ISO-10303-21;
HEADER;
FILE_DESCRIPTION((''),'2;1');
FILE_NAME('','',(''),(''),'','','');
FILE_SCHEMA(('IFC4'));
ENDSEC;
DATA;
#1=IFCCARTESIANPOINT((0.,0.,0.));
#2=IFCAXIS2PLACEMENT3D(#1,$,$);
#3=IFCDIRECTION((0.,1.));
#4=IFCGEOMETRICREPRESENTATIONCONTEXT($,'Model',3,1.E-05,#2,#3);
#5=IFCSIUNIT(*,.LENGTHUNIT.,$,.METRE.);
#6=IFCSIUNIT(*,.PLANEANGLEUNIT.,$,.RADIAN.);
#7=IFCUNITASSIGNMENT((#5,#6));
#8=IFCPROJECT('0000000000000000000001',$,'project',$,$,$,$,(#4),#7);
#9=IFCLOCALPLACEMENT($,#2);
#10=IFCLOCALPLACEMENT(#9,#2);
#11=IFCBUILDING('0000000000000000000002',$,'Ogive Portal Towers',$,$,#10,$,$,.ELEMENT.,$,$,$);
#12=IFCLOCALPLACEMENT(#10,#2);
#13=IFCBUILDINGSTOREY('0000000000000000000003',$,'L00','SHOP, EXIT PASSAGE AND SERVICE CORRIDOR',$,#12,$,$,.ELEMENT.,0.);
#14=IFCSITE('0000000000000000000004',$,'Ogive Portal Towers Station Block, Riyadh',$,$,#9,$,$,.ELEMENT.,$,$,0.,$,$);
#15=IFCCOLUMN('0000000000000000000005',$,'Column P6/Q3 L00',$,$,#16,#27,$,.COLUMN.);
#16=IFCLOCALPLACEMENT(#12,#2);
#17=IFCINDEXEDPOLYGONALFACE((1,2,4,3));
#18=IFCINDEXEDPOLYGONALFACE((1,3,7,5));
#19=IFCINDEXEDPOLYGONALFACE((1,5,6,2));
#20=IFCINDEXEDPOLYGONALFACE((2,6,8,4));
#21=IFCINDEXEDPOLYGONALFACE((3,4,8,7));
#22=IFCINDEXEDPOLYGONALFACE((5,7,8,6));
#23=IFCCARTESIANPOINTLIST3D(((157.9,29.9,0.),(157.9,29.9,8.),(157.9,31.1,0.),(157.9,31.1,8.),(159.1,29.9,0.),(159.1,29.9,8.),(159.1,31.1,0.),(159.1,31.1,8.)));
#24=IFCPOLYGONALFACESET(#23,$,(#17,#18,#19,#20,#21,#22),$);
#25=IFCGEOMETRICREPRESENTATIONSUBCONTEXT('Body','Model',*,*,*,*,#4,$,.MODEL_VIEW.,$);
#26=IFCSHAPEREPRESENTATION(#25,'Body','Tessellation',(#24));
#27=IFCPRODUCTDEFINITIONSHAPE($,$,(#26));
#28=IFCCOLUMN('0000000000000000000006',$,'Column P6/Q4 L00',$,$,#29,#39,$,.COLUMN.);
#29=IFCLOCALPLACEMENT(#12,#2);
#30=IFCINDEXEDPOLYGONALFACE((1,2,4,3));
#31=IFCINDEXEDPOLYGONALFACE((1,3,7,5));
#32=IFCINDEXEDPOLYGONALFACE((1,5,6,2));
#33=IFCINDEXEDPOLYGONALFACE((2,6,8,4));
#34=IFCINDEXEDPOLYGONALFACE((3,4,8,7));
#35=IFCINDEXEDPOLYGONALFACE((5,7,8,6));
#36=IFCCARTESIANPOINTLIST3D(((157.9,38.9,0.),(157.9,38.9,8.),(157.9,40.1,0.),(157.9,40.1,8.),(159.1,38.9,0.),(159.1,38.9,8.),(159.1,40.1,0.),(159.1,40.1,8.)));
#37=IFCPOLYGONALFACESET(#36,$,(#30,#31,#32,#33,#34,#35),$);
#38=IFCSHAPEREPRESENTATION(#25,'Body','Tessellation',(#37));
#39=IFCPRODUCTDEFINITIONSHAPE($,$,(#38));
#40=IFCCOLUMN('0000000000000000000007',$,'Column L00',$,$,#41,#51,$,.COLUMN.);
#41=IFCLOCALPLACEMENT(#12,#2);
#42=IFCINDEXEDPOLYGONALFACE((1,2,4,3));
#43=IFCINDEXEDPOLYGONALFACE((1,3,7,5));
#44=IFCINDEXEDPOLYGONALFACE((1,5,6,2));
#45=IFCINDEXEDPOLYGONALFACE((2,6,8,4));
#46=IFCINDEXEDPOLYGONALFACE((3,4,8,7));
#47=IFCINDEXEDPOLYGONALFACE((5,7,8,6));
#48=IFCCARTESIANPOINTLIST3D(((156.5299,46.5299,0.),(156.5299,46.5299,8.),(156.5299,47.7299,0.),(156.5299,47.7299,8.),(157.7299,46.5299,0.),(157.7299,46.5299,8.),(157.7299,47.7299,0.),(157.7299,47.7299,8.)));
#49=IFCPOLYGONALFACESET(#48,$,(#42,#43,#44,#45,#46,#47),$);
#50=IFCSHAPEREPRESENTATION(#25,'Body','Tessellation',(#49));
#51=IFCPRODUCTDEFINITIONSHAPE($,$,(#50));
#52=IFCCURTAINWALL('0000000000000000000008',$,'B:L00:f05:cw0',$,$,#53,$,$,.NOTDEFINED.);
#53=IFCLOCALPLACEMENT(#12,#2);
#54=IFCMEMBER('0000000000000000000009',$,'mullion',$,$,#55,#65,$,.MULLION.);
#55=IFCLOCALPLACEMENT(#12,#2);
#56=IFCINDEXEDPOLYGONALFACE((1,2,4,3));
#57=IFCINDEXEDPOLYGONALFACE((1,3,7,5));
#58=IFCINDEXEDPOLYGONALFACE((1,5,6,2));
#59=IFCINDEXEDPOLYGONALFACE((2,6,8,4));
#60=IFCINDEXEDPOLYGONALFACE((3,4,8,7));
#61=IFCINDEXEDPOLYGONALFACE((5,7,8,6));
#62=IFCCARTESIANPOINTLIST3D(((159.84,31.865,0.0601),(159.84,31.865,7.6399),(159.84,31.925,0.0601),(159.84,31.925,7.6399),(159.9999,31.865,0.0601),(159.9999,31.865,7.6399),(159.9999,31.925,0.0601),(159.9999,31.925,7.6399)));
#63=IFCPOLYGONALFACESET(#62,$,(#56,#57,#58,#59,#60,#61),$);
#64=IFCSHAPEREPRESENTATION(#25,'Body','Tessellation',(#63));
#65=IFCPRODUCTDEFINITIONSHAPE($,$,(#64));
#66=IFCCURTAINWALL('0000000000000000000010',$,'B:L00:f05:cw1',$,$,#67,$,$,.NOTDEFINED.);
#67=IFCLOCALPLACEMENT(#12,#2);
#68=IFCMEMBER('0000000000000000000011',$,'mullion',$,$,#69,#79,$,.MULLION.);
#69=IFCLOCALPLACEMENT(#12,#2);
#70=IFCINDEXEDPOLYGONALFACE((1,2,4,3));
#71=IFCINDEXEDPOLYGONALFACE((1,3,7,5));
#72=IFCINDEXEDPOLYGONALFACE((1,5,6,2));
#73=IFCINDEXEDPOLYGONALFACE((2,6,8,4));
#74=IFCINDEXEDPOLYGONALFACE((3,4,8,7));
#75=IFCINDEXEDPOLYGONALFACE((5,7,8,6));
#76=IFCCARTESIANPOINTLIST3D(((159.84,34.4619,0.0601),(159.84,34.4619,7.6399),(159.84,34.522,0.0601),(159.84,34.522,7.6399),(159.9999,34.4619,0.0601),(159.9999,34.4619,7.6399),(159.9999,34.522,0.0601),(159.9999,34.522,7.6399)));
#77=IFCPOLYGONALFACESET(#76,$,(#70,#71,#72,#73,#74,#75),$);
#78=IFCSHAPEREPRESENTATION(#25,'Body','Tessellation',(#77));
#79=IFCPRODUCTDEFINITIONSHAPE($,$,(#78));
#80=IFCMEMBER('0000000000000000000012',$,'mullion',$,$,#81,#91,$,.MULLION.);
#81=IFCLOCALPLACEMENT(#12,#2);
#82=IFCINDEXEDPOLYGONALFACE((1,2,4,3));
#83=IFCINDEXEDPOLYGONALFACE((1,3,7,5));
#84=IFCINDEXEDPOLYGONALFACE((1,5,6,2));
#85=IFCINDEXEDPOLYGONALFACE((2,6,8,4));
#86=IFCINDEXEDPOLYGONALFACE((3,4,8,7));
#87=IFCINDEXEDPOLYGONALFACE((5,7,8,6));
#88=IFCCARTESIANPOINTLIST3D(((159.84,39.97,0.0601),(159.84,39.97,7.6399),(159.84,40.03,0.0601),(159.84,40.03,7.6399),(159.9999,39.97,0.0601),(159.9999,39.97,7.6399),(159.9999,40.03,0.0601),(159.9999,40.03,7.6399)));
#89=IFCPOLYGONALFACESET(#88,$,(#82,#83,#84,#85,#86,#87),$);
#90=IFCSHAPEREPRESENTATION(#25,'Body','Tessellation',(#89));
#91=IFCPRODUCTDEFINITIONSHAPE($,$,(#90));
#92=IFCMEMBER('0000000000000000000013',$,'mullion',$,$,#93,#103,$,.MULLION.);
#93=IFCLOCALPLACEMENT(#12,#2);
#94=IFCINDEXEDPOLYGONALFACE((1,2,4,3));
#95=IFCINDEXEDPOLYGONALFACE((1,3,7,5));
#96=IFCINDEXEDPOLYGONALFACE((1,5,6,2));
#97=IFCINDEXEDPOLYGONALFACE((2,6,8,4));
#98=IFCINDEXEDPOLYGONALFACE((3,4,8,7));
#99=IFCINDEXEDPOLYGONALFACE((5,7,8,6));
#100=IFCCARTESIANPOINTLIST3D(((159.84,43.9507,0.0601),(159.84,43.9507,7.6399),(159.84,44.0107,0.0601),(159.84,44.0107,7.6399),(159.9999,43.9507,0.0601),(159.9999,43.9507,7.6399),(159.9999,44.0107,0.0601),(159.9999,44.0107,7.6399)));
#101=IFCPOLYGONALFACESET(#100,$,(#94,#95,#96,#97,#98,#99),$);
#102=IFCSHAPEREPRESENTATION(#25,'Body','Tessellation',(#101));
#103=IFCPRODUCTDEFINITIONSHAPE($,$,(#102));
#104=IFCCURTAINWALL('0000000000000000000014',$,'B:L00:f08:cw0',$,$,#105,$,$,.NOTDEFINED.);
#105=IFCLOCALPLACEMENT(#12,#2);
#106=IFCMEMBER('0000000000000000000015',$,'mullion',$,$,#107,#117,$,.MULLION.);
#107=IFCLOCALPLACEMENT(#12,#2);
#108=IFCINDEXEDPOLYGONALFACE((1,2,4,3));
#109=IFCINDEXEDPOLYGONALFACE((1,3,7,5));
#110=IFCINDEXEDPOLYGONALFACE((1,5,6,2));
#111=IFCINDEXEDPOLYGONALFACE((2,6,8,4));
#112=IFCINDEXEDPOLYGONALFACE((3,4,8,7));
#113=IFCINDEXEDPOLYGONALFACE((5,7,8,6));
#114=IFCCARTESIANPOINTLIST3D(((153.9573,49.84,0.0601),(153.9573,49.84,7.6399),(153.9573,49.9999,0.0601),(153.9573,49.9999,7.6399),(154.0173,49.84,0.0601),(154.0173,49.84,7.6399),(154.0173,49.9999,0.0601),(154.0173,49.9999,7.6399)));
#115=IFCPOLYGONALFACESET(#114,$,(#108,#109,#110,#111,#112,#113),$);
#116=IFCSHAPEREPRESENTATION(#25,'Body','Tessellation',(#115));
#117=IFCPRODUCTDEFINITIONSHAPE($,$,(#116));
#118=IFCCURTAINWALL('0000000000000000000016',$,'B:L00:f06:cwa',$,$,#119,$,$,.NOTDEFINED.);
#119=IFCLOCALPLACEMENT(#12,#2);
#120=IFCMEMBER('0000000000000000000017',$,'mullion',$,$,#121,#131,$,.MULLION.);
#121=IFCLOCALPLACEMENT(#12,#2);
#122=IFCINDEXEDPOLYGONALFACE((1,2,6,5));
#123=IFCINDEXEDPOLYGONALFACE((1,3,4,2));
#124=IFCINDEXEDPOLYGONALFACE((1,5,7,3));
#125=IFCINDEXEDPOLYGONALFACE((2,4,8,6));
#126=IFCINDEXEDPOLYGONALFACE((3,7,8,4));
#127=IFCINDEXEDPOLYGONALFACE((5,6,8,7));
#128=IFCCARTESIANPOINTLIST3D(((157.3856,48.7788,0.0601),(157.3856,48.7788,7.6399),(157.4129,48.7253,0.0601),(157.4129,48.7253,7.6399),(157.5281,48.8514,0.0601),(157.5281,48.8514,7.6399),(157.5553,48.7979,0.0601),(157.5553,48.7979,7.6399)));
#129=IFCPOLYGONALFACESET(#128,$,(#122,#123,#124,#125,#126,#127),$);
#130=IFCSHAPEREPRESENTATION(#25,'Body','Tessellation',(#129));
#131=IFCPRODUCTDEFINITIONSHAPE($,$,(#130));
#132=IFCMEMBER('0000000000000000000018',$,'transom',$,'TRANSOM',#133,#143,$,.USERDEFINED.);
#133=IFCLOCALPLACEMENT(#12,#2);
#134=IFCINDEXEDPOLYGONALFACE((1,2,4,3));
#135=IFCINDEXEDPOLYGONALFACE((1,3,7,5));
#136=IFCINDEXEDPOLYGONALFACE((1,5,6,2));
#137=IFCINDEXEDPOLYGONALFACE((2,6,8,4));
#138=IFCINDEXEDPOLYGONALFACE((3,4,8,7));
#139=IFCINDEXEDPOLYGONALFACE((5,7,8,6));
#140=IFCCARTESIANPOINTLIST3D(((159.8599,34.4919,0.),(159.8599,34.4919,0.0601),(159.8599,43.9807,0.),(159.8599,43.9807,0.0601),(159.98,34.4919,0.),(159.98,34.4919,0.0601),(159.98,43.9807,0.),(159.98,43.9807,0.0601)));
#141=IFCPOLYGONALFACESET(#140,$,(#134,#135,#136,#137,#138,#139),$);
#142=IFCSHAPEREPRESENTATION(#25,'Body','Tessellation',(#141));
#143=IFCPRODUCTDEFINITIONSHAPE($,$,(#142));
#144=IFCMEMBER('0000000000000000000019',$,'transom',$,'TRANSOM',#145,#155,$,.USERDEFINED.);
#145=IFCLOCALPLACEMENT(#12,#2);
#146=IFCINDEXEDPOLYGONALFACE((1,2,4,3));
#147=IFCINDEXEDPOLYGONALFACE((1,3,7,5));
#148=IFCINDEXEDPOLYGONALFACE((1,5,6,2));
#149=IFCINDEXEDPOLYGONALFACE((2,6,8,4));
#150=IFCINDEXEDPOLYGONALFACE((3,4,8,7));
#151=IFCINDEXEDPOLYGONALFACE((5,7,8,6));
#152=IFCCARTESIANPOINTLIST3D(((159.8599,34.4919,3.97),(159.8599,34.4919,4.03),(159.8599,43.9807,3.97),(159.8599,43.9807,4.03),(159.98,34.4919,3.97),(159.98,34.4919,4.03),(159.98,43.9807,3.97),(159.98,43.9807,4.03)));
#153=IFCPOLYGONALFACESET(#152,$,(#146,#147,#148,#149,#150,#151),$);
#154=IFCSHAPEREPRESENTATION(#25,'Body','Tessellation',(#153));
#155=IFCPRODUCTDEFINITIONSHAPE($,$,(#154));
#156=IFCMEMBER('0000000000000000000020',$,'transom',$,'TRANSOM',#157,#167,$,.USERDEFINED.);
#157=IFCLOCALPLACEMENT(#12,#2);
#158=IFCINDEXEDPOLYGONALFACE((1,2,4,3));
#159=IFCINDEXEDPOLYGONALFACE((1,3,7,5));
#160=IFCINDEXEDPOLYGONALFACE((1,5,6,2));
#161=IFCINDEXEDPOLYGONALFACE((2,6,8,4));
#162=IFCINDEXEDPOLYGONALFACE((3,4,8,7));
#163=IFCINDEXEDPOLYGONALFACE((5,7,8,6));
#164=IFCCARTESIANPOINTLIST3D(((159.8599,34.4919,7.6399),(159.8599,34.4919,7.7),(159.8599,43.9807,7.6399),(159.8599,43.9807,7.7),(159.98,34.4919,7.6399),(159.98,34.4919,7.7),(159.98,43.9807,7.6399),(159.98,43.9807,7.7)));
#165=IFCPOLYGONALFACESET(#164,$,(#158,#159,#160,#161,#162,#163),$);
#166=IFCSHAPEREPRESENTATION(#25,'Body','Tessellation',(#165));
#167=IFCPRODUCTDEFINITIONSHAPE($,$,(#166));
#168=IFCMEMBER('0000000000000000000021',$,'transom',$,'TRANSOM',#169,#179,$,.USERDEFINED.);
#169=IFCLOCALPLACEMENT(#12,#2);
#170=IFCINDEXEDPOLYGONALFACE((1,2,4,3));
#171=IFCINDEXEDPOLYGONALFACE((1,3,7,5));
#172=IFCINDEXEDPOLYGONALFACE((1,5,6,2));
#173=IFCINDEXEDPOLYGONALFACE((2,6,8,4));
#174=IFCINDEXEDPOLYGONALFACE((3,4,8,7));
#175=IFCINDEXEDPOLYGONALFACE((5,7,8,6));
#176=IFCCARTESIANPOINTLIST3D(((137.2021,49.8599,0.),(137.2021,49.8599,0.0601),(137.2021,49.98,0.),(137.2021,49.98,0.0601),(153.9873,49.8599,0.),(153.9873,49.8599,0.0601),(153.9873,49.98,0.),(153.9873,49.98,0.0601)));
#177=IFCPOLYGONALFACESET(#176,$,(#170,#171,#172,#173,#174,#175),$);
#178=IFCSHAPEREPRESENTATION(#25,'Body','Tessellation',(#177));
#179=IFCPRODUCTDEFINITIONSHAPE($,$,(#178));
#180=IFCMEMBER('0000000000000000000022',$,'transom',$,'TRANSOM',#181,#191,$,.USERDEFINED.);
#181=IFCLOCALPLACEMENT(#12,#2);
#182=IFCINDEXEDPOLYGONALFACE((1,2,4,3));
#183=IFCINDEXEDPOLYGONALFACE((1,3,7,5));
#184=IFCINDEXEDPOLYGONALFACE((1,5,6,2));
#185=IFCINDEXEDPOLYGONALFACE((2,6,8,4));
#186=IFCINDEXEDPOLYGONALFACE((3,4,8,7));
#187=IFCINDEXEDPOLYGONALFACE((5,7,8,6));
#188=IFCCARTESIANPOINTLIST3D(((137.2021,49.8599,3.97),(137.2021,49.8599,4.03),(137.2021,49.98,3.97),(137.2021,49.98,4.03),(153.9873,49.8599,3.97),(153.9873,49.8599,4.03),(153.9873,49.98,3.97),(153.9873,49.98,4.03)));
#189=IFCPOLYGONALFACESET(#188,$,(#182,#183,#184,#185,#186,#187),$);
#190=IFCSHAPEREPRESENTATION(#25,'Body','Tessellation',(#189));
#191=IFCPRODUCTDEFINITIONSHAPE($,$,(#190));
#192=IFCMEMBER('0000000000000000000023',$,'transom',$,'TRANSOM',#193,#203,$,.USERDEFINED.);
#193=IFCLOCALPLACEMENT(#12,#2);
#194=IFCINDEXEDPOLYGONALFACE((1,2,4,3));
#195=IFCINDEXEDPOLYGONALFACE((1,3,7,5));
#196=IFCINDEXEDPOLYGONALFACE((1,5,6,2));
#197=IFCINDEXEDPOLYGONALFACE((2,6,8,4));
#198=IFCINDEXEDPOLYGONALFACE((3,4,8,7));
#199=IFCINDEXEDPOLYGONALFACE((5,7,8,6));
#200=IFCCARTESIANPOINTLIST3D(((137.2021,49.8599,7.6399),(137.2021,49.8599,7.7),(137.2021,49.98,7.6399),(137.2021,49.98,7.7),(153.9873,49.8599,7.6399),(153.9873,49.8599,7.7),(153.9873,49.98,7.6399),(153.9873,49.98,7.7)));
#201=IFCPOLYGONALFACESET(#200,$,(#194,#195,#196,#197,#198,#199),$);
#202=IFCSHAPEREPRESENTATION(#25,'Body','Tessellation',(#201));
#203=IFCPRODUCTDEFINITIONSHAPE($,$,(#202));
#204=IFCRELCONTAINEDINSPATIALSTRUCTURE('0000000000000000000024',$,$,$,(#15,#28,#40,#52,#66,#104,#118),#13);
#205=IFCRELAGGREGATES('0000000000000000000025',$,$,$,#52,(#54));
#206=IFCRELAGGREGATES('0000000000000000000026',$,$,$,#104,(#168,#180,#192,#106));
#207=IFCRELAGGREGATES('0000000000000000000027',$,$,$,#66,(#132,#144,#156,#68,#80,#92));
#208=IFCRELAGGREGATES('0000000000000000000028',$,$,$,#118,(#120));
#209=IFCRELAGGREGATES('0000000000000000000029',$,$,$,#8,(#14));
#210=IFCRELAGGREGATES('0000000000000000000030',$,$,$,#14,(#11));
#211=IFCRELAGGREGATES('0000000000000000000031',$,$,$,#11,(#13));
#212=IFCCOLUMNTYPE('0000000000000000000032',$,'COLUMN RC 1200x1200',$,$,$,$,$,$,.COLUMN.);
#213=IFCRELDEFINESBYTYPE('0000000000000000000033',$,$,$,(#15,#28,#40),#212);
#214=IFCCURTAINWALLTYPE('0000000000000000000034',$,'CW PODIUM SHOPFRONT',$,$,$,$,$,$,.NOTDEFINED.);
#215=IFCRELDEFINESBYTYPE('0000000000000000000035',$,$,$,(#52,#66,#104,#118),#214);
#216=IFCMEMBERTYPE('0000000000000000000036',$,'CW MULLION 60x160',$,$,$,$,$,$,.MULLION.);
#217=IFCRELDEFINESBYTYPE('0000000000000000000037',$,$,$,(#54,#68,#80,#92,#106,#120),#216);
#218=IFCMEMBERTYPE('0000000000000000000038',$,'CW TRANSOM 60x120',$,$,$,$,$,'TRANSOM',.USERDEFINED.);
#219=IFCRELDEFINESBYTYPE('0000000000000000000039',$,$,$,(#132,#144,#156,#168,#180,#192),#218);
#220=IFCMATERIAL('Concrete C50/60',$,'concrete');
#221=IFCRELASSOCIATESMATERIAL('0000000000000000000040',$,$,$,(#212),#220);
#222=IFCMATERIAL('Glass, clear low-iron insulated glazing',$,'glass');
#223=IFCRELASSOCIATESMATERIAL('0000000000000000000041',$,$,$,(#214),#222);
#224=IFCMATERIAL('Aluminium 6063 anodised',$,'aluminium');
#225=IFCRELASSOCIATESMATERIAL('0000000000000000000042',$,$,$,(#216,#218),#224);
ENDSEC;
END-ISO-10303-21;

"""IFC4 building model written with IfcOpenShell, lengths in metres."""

from ifc_helpers import new_model, si_unit, direction, frame, origin, origin_2d, place, context, subcontext, project, spatial, rectangle, extrude, material, material_profile, profile_set, type_object, element, aggregate, save


model = new_model("IFC4")

# Units and contexts
model_context = context("Model", 3, precision=1e-05, world=origin(), true_north=direction((0.0, 1.0)))
body_context = subcontext(model_context, "Body", "Model", "MODEL_VIEW")
ifc_project = project(units=[si_unit("LENGTHUNIT", "METRE"), si_unit("PLANEANGLEUNIT", "RADIAN")], contexts=[model_context])

# Site, building, storey
site_placement = place(None, origin())
site = spatial("IfcSite", under=ifc_project, at=site_placement, Name="Ogive Portal Towers Station Block, Riyadh", CompositionType="ELEMENT", RefElevation=0.0)
building_placement = place(site_placement, origin())
building = spatial("IfcBuilding", under=site, at=building_placement, Name="Ogive Portal Towers", CompositionType="ELEMENT")
storey_placement = place(building_placement, origin())
storey = spatial("IfcBuildingStorey", under=building, at=storey_placement, Name="L00", Description="SHOP, EXIT PASSAGE AND SERVICE CORRIDOR", CompositionType="ELEMENT", Elevation=0.0)

# Columns
ifc_material_1 = material(Name="Concrete C50/60", Category="concrete")
ifc_material_profile_1 = material_profile(ifc_material_1, rectangle(XDim=1.2, YDim=1.2, at=origin_2d()), Name="RC 1200x1200")
ifc_profile_set_1 = profile_set([ifc_material_profile_1], Name="Concrete C50/60")
column_type = type_object("IfcColumnType", Name="COLUMN RC 1200x1200", PredefinedType="COLUMN", material=ifc_profile_set_1)
for number, where, z_axis, x_axis, name in (
    (1, (158.5, 30.5, 0.0), (0.0, 0.0, 1.0), (1.0, 0.0, 0.0), "Column P6/Q3 L00"),
    (2, (158.5, 39.5, 0.0), (0.0, 0.0, 1.0), (1.0, 0.0, 0.0), "Column P6/Q4 L00"),
    (3, (157.1299, 47.1299, 0.0), (0.0, 0.0, 1.0), (1.0, 0.0, 0.0), "Column L00"),
):
    element("IfcColumn", number, at=place(storey_placement, frame(where, z_axis=z_axis, x_axis=x_axis)), inside=storey, type_object=column_type, Name=name, PredefinedType="COLUMN", context=body_context, shape_type="SweptSolid", body=[
        extrude(rectangle(XDim=1.2, YDim=1.2, at=origin_2d()), origin(), (0.0, 0.0, 1.0), 8.0),
    ])

# Curtain wall, member
ifc_material_2 = material(Name="Glass, clear low-iron insulated glazing", Category="glass")
curtain_wall_type = type_object("IfcCurtainWallType", Name="CW PODIUM SHOPFRONT", PredefinedType="NOTDEFINED", material=ifc_material_2)
curtain_wall_1_placement = place(storey_placement, origin())
curtain_wall_1 = element("IfcCurtainWall", 4, at=curtain_wall_1_placement, inside=storey, type_object=curtain_wall_type, Name="B:L00:f05:cw0", PredefinedType="NOTDEFINED")
ifc_material_3 = material(Name="Aluminium 6063 anodised", Category="aluminium")
ifc_material_profile_2 = material_profile(ifc_material_3, rectangle(XDim=0.1599, YDim=0.0601, at=origin_2d()), Name="AL 60x160")
ifc_profile_set_2 = profile_set([ifc_material_profile_2], Name="Aluminium 6063 anodised")
member_type_1 = type_object("IfcMemberType", Name="CW MULLION 60x160", PredefinedType="MULLION", material=ifc_profile_set_2)
member_1_placement = place(storey_placement, frame((159.9199, 31.895, 0.0601), z_axis=(0.0, 0.0, 1.0), x_axis=(-1.0, 0.0, 0.0)))
member_1 = element("IfcMember", 5, at=member_1_placement, type_object=member_type_1, Name="mullion", PredefinedType="MULLION", context=body_context, shape_type="SweptSolid", body=[
    extrude(rectangle(XDim=0.1599, YDim=0.0601, at=origin_2d()), origin(), (0.0, 0.0, 1.0), 7.5798),
])
aggregate(curtain_wall_1, [member_1])

# Curtain wall, members
curtain_wall_2_placement = place(storey_placement, origin())
curtain_wall_2 = element("IfcCurtainWall", 6, at=curtain_wall_2_placement, inside=storey, type_object=curtain_wall_type, Name="B:L00:f05:cw1", PredefinedType="NOTDEFINED")
member_2_placement = place(storey_placement, frame((159.9199, 34.4919, 0.0601), z_axis=(0.0, 0.0, 1.0), x_axis=(-1.0, 0.0, 0.0)))
member_2 = element("IfcMember", 7, at=member_2_placement, type_object=member_type_1, Name="mullion", PredefinedType="MULLION", context=body_context, shape_type="SweptSolid", body=[
    extrude(rectangle(XDim=0.1599, YDim=0.0601, at=origin_2d()), origin(), (0.0, 0.0, 1.0), 7.5798),
])
member_3_placement = place(storey_placement, frame((159.9199, 40.0, 0.0601), z_axis=(0.0, 0.0, 1.0), x_axis=(-1.0, 0.0, 0.0)))
member_3 = element("IfcMember", 8, at=member_3_placement, type_object=member_type_1, Name="mullion", PredefinedType="MULLION", context=body_context, shape_type="SweptSolid", body=[
    extrude(rectangle(XDim=0.1599, YDim=0.0601, at=origin_2d()), origin(), (0.0, 0.0, 1.0), 7.5798),
])
member_4_placement = place(storey_placement, frame((159.9199, 43.9807, 0.0601), z_axis=(0.0, 0.0, 1.0), x_axis=(-1.0, 0.0, 0.0)))
member_4 = element("IfcMember", 9, at=member_4_placement, type_object=member_type_1, Name="mullion", PredefinedType="MULLION", context=body_context, shape_type="SweptSolid", body=[
    extrude(rectangle(XDim=0.1599, YDim=0.0601, at=origin_2d()), origin(), (0.0, 0.0, 1.0), 7.5798),
])

# Curtain walls, members
curtain_wall_3_placement = place(storey_placement, origin())
curtain_wall_3 = element("IfcCurtainWall", 10, at=curtain_wall_3_placement, inside=storey, type_object=curtain_wall_type, Name="B:L00:f08:cw0", PredefinedType="NOTDEFINED")
member_5_placement = place(storey_placement, frame((153.9873, 49.9199, 0.0601), z_axis=(0.0, 0.0, 1.0), x_axis=(0.0, -1.0, 0.0)))
member_5 = element("IfcMember", 11, at=member_5_placement, type_object=member_type_1, Name="mullion", PredefinedType="MULLION", context=body_context, shape_type="SweptSolid", body=[
    extrude(rectangle(XDim=0.1599, YDim=0.0601, at=origin_2d()), origin(), (0.0, 0.0, 1.0), 7.5798),
])
curtain_wall_4_placement = place(storey_placement, origin())
curtain_wall_4 = element("IfcCurtainWall", 12, at=curtain_wall_4_placement, inside=storey, type_object=curtain_wall_type, Name="B:L00:f06:cwa", PredefinedType="NOTDEFINED")
member_6_placement = place(storey_placement, frame((157.4705, 48.7883, 0.0601), z_axis=(0.0, 0.0, 1.0), x_axis=(-0.891007, -0.45399, 0.0)))
member_6 = element("IfcMember", 13, at=member_6_placement, type_object=member_type_1, Name="mullion", PredefinedType="MULLION", context=body_context, shape_type="SweptSolid", body=[
    extrude(rectangle(XDim=0.1599, YDim=0.0601, at=origin_2d()), origin(), (0.0, 0.0, 1.0), 7.5798),
])

# Members
ifc_material_profile_3 = material_profile(ifc_material_3, rectangle(XDim=0.1201, YDim=0.0601, at=origin_2d()), Name="AL 120x60")
ifc_profile_set_3 = profile_set([ifc_material_profile_3], Name="Aluminium 6063 anodised")
member_type_2 = type_object("IfcMemberType", Name="CW TRANSOM 60x120", ElementType="TRANSOM", PredefinedType="USERDEFINED", material=ifc_profile_set_3)
member_7_placement = place(storey_placement, frame((159.9199, 34.4919, 0.03), z_axis=(0.0, 1.0, 0.0), x_axis=(-1.0, 0.0, 0.0)))
member_7 = element("IfcMember", 14, at=member_7_placement, type_object=member_type_2, Name="transom", ObjectType="TRANSOM", PredefinedType="USERDEFINED", context=body_context, shape_type="SweptSolid", body=[
    extrude(rectangle(XDim=0.1201, YDim=0.0601, at=origin_2d()), origin(), (0.0, 0.0, 1.0), 9.4888),
])
member_8_placement = place(storey_placement, frame((159.9199, 34.4919, 4.0), z_axis=(0.0, 1.0, 0.0), x_axis=(-1.0, 0.0, 0.0)))
member_8 = element("IfcMember", 15, at=member_8_placement, type_object=member_type_2, Name="transom", ObjectType="TRANSOM", PredefinedType="USERDEFINED", context=body_context, shape_type="SweptSolid", body=[
    extrude(rectangle(XDim=0.1201, YDim=0.0601, at=origin_2d()), origin(), (0.0, 0.0, 1.0), 9.4888),
])
member_9_placement = place(storey_placement, frame((159.9199, 34.4919, 7.6699), z_axis=(0.0, 1.0, 0.0), x_axis=(-1.0, 0.0, 0.0)))
member_9 = element("IfcMember", 16, at=member_9_placement, type_object=member_type_2, Name="transom", ObjectType="TRANSOM", PredefinedType="USERDEFINED", context=body_context, shape_type="SweptSolid", body=[
    extrude(rectangle(XDim=0.1201, YDim=0.0601, at=origin_2d()), origin(), (0.0, 0.0, 1.0), 9.4888),
])
member_10_placement = place(storey_placement, frame((153.9873, 49.9199, 0.03), z_axis=(-1.0, 0.0, 0.0), x_axis=(0.0, -1.0, 0.0)))
member_10 = element("IfcMember", 17, at=member_10_placement, type_object=member_type_2, Name="transom", ObjectType="TRANSOM", PredefinedType="USERDEFINED", context=body_context, shape_type="SweptSolid", body=[
    extrude(rectangle(XDim=0.1201, YDim=0.0601, at=origin_2d()), origin(), (0.0, 0.0, 1.0), 16.7852),
])
member_11_placement = place(storey_placement, frame((153.9873, 49.9199, 4.0), z_axis=(-1.0, 0.0, 0.0), x_axis=(0.0, -1.0, 0.0)))
member_11 = element("IfcMember", 18, at=member_11_placement, type_object=member_type_2, Name="transom", ObjectType="TRANSOM", PredefinedType="USERDEFINED", context=body_context, shape_type="SweptSolid", body=[
    extrude(rectangle(XDim=0.1201, YDim=0.0601, at=origin_2d()), origin(), (0.0, 0.0, 1.0), 16.7852),
])
member_12_placement = place(storey_placement, frame((153.9873, 49.9199, 7.6699), z_axis=(-1.0, 0.0, 0.0), x_axis=(0.0, -1.0, 0.0)))
member_12 = element("IfcMember", 19, at=member_12_placement, type_object=member_type_2, Name="transom", ObjectType="TRANSOM", PredefinedType="USERDEFINED", context=body_context, shape_type="SweptSolid", body=[
    extrude(rectangle(XDim=0.1201, YDim=0.0601, at=origin_2d()), origin(), (0.0, 0.0, 1.0), 16.7852),
])
aggregate(curtain_wall_3, [member_10, member_11, member_12, member_5])

aggregate(curtain_wall_2, [member_7, member_8, member_9, member_2, member_3, member_4])
aggregate(curtain_wall_4, [member_6])

save(model, "model.ifc")
